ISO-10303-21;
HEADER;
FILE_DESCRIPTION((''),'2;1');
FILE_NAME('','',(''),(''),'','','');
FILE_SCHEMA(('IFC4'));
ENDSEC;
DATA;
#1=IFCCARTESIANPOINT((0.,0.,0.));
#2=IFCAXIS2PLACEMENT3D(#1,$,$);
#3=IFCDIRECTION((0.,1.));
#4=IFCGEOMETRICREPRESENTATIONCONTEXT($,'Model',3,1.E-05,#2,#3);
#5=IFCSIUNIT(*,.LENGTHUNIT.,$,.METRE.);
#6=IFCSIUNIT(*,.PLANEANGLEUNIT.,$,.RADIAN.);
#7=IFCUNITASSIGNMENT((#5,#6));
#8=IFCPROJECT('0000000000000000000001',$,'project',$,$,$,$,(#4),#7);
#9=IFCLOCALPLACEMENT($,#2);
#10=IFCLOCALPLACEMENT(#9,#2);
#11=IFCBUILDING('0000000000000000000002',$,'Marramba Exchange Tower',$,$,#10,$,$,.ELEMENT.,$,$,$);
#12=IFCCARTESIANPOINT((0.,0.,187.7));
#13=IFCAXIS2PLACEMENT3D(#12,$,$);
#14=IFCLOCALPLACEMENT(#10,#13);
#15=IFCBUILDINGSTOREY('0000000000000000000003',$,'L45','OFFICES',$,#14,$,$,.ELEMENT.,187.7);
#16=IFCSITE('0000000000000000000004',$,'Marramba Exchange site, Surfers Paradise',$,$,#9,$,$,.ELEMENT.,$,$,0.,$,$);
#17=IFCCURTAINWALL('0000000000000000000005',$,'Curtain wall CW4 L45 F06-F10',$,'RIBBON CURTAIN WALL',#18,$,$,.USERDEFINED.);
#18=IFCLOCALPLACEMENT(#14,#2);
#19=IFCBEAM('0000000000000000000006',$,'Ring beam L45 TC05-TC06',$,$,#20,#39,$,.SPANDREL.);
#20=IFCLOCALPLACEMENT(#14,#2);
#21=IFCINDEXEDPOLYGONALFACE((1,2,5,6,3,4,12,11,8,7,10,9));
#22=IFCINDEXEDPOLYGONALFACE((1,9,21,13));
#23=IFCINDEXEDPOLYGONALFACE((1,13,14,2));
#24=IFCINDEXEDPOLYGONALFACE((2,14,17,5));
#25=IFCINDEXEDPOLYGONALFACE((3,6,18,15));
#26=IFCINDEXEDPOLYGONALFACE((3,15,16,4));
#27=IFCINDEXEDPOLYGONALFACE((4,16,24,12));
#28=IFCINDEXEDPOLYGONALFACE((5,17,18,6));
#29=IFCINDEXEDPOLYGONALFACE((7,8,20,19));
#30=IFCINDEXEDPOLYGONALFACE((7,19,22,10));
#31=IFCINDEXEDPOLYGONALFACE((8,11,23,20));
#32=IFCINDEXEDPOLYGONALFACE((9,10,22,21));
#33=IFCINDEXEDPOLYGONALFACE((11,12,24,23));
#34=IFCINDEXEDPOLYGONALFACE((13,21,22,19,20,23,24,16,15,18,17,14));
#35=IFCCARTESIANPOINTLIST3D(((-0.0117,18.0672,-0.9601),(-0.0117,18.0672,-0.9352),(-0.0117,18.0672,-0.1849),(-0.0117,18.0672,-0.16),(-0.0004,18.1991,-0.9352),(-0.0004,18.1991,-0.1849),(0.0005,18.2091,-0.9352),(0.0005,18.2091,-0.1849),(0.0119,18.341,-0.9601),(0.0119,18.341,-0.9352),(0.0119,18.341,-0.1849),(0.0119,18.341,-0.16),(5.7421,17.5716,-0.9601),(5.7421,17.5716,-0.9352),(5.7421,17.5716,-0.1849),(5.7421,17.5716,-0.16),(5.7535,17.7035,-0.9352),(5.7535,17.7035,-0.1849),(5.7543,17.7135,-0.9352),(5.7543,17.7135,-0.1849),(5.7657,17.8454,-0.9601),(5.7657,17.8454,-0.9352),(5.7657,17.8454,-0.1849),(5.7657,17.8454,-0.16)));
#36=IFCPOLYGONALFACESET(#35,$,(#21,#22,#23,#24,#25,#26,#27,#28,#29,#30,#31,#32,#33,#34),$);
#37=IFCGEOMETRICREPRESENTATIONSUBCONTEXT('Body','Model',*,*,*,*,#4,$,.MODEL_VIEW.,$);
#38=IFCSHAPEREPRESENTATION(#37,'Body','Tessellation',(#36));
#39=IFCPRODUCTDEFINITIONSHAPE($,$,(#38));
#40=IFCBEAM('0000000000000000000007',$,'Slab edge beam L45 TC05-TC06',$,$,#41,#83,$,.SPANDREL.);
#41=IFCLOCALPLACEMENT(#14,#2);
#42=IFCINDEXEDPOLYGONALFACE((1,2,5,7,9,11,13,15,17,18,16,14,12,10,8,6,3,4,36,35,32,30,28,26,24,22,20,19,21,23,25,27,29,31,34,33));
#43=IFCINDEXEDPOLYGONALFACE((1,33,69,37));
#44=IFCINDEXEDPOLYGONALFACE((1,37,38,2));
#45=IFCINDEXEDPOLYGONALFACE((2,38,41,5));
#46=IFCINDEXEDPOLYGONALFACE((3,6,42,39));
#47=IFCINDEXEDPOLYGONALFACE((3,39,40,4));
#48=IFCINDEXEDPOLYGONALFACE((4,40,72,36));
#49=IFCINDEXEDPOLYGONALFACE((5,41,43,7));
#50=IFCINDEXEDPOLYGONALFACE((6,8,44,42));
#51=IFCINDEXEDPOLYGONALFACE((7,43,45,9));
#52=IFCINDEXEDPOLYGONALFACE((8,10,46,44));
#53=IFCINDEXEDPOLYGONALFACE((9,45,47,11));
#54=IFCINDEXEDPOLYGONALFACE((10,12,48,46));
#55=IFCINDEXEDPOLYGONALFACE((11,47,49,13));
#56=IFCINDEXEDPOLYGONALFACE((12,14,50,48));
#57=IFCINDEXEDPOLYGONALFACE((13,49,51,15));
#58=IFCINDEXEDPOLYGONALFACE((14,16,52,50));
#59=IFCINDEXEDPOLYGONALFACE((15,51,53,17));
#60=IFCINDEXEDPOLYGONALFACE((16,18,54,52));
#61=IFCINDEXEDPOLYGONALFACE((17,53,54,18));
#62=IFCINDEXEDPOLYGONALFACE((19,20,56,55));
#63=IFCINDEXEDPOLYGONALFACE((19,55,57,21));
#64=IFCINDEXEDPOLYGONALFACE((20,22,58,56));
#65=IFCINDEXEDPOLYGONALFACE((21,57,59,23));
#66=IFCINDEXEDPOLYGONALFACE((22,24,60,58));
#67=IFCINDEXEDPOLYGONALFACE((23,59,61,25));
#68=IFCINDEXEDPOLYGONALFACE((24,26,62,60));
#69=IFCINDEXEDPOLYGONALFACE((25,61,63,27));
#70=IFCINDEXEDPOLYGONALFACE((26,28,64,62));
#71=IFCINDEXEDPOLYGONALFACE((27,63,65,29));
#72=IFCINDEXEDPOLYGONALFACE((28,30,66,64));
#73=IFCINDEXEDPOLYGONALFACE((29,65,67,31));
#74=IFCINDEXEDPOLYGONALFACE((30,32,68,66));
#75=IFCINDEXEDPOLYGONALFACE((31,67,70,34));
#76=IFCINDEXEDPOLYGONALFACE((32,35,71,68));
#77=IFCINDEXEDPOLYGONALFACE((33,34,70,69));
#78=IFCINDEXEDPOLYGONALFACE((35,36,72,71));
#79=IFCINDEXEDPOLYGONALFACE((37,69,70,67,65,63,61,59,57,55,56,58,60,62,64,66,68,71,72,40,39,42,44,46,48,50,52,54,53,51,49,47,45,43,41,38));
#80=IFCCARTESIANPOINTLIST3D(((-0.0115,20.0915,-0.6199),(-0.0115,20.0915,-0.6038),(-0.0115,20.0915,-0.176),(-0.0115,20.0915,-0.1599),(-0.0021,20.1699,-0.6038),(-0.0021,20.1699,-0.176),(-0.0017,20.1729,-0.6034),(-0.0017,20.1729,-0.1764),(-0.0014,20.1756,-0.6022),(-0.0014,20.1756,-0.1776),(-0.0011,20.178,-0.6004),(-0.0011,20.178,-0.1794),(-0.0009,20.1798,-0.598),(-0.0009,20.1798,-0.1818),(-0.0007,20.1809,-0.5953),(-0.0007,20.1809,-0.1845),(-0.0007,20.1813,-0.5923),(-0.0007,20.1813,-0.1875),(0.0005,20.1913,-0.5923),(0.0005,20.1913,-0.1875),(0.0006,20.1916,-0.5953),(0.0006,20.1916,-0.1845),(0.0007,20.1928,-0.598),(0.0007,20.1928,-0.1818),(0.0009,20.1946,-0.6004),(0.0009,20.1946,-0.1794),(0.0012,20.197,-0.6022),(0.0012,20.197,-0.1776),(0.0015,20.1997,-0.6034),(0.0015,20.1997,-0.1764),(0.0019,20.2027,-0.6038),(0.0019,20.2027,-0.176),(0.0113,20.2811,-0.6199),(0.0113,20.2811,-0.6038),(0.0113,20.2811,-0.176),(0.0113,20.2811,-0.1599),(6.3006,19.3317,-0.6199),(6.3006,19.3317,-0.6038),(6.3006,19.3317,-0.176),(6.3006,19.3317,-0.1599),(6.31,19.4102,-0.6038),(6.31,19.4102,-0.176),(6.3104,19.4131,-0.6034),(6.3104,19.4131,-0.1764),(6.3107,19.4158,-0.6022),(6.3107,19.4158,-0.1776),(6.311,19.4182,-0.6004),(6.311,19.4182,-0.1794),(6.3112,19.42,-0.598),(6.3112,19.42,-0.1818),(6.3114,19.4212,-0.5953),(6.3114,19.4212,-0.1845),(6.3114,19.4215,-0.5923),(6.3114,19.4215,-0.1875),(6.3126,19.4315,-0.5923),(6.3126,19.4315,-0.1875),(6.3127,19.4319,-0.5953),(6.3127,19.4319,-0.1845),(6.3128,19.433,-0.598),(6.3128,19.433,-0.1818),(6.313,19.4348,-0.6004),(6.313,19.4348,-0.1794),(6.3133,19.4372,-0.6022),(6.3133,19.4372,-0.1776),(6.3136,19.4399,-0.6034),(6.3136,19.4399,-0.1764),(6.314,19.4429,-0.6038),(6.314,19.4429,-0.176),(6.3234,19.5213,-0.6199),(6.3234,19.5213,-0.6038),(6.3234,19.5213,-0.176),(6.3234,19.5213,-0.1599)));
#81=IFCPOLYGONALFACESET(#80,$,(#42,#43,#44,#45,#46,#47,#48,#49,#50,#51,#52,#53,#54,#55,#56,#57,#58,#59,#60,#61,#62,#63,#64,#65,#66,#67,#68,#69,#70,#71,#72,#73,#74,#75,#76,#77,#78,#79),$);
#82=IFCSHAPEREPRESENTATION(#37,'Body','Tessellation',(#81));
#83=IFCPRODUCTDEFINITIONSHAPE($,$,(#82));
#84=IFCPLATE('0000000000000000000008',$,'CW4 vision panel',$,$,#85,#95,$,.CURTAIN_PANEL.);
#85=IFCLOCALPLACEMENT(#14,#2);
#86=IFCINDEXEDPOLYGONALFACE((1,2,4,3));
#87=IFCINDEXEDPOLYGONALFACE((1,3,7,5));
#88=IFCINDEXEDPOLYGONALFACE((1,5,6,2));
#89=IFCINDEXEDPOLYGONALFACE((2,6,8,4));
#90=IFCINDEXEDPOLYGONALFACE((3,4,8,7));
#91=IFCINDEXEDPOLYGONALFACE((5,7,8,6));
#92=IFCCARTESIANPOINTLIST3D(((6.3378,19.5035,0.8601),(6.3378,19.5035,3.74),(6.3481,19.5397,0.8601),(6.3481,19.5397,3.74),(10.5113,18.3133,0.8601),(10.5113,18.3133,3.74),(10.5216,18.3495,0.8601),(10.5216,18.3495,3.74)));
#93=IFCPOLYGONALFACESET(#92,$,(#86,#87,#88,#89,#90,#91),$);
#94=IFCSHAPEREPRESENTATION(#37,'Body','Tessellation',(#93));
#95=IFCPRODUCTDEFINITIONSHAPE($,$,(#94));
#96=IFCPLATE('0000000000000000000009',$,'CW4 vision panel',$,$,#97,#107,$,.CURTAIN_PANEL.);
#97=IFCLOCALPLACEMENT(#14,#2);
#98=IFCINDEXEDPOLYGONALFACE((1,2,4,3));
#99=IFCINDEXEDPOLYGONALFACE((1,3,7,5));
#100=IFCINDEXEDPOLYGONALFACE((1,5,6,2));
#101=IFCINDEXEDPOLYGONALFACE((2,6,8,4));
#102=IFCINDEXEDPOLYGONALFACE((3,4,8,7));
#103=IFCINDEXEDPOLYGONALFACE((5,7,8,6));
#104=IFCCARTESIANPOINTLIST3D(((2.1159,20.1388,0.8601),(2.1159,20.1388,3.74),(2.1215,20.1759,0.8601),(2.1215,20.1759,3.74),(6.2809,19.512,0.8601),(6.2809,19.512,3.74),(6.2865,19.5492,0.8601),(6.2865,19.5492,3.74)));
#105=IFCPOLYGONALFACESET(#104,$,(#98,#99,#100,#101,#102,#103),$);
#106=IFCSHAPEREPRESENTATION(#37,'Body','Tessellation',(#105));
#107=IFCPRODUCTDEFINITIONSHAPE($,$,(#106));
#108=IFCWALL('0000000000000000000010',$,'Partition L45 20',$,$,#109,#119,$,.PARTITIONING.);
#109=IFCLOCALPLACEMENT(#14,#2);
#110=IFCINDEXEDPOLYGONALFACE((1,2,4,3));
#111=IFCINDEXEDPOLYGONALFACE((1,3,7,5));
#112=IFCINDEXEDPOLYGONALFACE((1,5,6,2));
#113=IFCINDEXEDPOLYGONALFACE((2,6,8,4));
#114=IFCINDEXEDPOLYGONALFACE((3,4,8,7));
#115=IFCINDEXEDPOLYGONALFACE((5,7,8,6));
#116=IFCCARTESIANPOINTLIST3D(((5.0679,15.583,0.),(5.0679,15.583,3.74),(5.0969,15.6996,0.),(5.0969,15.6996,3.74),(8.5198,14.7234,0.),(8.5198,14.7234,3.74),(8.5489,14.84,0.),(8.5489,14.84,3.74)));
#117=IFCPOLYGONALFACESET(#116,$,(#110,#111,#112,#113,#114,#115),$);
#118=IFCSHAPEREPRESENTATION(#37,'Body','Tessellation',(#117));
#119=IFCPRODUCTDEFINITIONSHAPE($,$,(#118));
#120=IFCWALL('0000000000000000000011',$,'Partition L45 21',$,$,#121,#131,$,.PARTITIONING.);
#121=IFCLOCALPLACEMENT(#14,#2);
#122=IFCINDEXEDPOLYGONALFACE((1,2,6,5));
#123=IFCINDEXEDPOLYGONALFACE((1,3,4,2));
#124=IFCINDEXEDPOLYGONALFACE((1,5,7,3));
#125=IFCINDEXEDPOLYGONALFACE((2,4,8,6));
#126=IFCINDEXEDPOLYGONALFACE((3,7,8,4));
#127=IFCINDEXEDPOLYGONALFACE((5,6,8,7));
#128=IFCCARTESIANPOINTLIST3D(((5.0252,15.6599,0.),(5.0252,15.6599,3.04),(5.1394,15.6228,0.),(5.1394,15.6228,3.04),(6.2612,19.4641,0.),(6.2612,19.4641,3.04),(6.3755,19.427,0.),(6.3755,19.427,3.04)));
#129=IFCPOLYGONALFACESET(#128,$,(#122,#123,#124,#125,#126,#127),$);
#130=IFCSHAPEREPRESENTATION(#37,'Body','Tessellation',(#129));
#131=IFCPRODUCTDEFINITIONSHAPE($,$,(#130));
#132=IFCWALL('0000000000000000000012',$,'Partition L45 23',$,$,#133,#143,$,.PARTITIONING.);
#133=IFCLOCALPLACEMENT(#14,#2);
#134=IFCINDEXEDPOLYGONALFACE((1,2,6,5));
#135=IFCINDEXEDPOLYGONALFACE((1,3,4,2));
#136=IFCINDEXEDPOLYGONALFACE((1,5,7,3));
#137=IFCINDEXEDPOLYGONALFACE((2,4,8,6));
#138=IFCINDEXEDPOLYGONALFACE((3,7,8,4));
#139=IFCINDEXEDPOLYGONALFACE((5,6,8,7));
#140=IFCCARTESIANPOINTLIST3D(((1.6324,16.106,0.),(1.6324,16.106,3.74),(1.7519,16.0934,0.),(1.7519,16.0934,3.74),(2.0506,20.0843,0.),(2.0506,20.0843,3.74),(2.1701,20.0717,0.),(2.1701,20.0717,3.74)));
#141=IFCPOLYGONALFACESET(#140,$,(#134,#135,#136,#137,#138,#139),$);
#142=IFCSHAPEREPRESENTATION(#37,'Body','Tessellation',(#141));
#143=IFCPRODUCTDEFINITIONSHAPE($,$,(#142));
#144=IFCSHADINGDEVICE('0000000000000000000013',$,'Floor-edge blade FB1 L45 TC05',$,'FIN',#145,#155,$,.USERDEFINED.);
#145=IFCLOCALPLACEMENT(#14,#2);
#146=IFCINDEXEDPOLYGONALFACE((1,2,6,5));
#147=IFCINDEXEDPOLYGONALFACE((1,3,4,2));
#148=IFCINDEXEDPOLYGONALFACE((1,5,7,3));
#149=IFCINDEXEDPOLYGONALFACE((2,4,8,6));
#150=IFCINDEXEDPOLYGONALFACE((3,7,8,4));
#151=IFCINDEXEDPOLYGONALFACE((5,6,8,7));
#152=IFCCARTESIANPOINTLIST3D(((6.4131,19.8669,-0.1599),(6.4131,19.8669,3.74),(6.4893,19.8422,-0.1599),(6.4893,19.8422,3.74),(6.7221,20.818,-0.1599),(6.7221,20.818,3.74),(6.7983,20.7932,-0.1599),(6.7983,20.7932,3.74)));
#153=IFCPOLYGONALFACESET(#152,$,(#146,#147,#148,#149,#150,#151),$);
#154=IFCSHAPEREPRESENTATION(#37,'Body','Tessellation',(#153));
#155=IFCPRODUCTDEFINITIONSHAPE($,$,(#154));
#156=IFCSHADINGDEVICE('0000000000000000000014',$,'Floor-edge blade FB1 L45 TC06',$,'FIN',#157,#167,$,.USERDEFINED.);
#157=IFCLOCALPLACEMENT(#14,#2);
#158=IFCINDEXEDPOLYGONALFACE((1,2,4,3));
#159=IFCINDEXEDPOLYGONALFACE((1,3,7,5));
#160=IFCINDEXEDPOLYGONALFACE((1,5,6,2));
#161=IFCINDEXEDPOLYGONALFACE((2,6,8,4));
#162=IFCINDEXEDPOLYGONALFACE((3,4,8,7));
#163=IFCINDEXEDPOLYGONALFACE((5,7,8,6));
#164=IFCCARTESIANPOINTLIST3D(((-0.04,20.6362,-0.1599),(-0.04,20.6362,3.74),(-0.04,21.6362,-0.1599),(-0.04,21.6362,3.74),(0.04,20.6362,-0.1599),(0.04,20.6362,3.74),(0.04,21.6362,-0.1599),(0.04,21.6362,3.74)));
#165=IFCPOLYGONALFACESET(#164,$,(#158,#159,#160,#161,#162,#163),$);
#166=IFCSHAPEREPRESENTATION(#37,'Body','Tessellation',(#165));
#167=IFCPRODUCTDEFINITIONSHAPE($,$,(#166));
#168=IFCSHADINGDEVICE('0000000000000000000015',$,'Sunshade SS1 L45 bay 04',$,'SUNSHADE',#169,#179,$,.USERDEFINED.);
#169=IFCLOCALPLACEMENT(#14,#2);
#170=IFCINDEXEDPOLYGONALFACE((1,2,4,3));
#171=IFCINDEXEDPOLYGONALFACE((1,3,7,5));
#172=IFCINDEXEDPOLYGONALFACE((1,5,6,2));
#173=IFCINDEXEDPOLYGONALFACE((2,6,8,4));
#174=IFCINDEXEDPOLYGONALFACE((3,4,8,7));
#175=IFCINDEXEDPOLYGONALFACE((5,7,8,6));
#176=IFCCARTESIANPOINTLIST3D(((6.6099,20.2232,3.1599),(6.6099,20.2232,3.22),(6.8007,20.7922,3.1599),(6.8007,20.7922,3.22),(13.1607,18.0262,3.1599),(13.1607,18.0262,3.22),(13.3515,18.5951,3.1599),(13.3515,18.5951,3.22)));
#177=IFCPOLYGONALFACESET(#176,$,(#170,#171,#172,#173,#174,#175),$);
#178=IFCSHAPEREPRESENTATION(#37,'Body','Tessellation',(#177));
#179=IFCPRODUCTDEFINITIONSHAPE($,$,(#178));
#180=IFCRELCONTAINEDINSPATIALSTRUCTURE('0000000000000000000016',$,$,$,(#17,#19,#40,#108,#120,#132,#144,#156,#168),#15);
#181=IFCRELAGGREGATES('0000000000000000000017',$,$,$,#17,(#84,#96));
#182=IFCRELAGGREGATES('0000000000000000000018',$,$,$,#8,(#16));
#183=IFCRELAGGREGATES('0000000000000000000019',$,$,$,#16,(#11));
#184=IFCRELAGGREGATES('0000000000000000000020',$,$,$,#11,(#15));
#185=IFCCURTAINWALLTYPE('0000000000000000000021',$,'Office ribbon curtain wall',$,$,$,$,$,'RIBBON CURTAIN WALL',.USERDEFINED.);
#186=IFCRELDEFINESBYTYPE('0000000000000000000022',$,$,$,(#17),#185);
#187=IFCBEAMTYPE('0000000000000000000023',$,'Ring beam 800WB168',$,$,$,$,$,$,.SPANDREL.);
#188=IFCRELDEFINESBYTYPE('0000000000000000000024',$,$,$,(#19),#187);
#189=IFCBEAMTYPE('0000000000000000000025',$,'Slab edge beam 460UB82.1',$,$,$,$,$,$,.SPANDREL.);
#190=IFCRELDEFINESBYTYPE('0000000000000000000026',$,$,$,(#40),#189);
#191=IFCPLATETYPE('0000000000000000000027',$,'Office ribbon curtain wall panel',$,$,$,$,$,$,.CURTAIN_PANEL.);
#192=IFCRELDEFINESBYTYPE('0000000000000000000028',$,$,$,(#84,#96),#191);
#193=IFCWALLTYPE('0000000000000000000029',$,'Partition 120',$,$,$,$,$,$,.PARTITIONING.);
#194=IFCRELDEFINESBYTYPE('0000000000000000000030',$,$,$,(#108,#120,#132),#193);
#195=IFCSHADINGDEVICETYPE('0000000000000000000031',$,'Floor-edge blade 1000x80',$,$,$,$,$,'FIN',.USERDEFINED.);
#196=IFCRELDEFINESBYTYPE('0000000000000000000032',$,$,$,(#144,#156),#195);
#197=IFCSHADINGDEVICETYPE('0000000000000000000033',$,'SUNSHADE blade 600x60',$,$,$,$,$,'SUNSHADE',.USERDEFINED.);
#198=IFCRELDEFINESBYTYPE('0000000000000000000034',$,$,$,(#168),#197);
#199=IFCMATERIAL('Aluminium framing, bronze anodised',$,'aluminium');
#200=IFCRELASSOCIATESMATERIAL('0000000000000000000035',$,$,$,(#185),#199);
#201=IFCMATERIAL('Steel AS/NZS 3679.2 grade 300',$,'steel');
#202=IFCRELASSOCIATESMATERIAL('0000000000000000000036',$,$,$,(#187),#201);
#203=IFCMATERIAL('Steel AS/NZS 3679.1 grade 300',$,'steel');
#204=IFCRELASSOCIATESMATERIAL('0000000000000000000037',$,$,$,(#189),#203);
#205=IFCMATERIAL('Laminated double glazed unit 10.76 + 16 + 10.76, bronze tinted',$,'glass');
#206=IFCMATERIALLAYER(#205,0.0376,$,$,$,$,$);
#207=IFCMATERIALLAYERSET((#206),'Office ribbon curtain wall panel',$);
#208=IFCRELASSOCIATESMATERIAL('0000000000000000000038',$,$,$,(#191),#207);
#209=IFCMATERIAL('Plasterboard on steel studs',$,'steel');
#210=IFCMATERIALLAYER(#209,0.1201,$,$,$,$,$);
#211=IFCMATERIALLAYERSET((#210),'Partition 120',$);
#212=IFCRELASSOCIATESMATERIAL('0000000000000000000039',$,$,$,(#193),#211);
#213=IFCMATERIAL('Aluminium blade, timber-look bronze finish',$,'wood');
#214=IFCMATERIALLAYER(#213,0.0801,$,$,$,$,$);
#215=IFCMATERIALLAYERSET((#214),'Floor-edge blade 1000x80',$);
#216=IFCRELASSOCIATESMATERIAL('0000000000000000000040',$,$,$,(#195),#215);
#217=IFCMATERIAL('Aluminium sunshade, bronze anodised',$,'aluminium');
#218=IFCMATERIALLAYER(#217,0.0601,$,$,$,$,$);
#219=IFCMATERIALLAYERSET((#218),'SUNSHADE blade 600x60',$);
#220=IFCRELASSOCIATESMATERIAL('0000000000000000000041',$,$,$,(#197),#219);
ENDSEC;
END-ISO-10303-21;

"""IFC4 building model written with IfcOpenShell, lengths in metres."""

from ifc_helpers import new_model, si_unit, direction, frame, frame_2d, origin, origin_2d, place, context, subcontext, project, spatial, rectangle, i_section, extrude, material, layer, layer_set, material_profile, profile_set, type_object, element, aggregate, save


model = new_model("IFC4")

# Units and contexts
model_context = context("Model", 3, precision=1e-05, world=origin(), true_north=direction((0.0, 1.0)))
body_context = subcontext(model_context, "Body", "Model", "MODEL_VIEW")
ifc_project = project(units=[si_unit("LENGTHUNIT", "METRE"), si_unit("PLANEANGLEUNIT", "RADIAN")], contexts=[model_context])

# Site, building, storey
site_placement = place(None, origin())
site = spatial("IfcSite", under=ifc_project, at=site_placement, Name="Marramba Exchange site, Surfers Paradise", CompositionType="ELEMENT", RefElevation=0.0)
building_placement = place(site_placement, origin())
building = spatial("IfcBuilding", under=site, at=building_placement, Name="Marramba Exchange Tower", CompositionType="ELEMENT")
storey_placement = place(building_placement, frame((0.0, 0.0, 187.7)))
storey = spatial("IfcBuildingStorey", under=building, at=storey_placement, Name="L45", Description="OFFICES", CompositionType="ELEMENT", Elevation=187.7)

# Shared definitions
ifc_material_1 = material(Name="Steel AS/NZS 3679.2 grade 300", Category="steel")

# Curtain wall
ifc_material_2 = material(Name="Aluminium framing, bronze anodised", Category="aluminium")
curtain_wall_type = type_object("IfcCurtainWallType", Name="Office ribbon curtain wall", ElementType="RIBBON CURTAIN WALL", PredefinedType="USERDEFINED", material=ifc_material_2)
curtain_wall_placement = place(storey_placement, origin())
curtain_wall = element("IfcCurtainWall", 1, at=curtain_wall_placement, inside=storey, type_object=curtain_wall_type, Name="Curtain wall CW4 L45 F06-F10", ObjectType="RIBBON CURTAIN WALL", PredefinedType="USERDEFINED")

# Beams
ifc_material_profile_1 = material_profile(ifc_material_1, i_section(OverallWidth=0.2749, OverallDepth=0.8, WebThickness=0.01, FlangeThickness=0.0249, at=origin_2d()), Name="800WB168")
ifc_profile_set_1 = profile_set([ifc_material_profile_1], Name="Steel AS/NZS 3679.2 grade 300")
beam_type_1 = type_object("IfcBeamType", Name="Ring beam 800WB168", PredefinedType="SPANDREL", material=ifc_profile_set_1)
beam_1_placement = place(storey_placement, frame((5.7539, 17.7085, -0.5601), z_axis=(-0.996311, 0.085816, 0.0), x_axis=(-0.085816, -0.996311, 0.0)))
element("IfcBeam", 2, at=beam_1_placement, inside=storey, type_object=beam_type_1, Name="Ring beam L45 TC05-TC06", PredefinedType="SPANDREL", context=body_context, shape_type="SweptSolid", body=[
    extrude(i_section(OverallWidth=0.2749, OverallDepth=0.8, WebThickness=0.01, FlangeThickness=0.0249, at=origin_2d()), origin(), (0.0, 0.0, 1.0), 5.7751),
])
ifc_material_3 = material(Name="Steel AS/NZS 3679.1 grade 300", Category="steel")
ifc_material_profile_2 = material_profile(ifc_material_3, i_section(OverallWidth=0.1909, OverallDepth=0.46, WebThickness=0.01, FlangeThickness=0.0161, FilletRadius=0.0115, at=origin_2d()), Name="460UB82.1")
ifc_profile_set_2 = profile_set([ifc_material_profile_2], Name="Steel AS/NZS 3679.1 grade 300")
beam_type_2 = type_object("IfcBeamType", Name="Slab edge beam 460UB82.1", PredefinedType="SPANDREL", material=ifc_profile_set_2)
beam_2_placement = place(storey_placement, frame((6.312, 19.4265, -0.3899), z_axis=(-0.992834, 0.119506, 0.0), x_axis=(-0.119506, -0.992834, 0.0)))
element("IfcBeam", 3, at=beam_2_placement, inside=storey, type_object=beam_type_2, Name="Slab edge beam L45 TC05-TC06", PredefinedType="SPANDREL", context=body_context, shape_type="SweptSolid", body=[
    extrude(i_section(OverallWidth=0.1909, OverallDepth=0.46, WebThickness=0.01, FlangeThickness=0.0161, FilletRadius=0.0115, at=origin_2d()), origin(), (0.0, 0.0, 1.0), 6.3577),
])

# Plates
ifc_material_4 = material(Name="Laminated double glazed unit 10.76 + 16 + 10.76, bronze tinted", Category="glass")
ifc_layer_1 = layer(ifc_material_4, 0.0376)
ifc_layer_set_1 = layer_set([ifc_layer_1], Name="Office ribbon curtain wall panel")
plate_type = type_object("IfcPlateType", Name="Office ribbon curtain wall panel", PredefinedType="CURTAIN_PANEL", material=ifc_layer_set_1)
plate_1_placement = place(storey_placement, frame((8.4297, 18.9265, 0.8601), z_axis=(0.0, 0.0, 1.0), x_axis=(-0.961659, 0.274248, 0.0)))
plate_1 = element("IfcPlate", 4, at=plate_1_placement, type_object=plate_type, Name="CW4 vision panel", PredefinedType="CURTAIN_PANEL", context=body_context, shape_type="SweptSolid", body=[
    extrude(rectangle(XDim=4.3398, YDim=0.0376, at=origin_2d()), origin(), (0.0, 0.0, 1.0), 2.8799),
])
plate_2_placement = place(storey_placement, frame((4.2012, 19.844, 0.8601), z_axis=(0.0, 0.0, 1.0), x_axis=(-0.988868, 0.148795, 0.0)))
plate_2 = element("IfcPlate", 5, at=plate_2_placement, type_object=plate_type, Name="CW4 vision panel", PredefinedType="CURTAIN_PANEL", context=body_context, shape_type="SweptSolid", body=[
    extrude(rectangle(XDim=4.2119, YDim=0.0376, at=origin_2d()), origin(), (0.0, 0.0, 1.0), 2.8799),
])
aggregate(curtain_wall, [plate_1, plate_2])

# Walls
ifc_material_5 = material(Name="Plasterboard on steel studs", Category="steel")
ifc_layer_2 = layer(ifc_material_5, 0.1201)
ifc_layer_set_2 = layer_set([ifc_layer_2], Name="Partition 120")
wall_type = type_object("IfcWallType", Name="Partition 120", PredefinedType="PARTITIONING", material=ifc_layer_set_2)
wall_1_placement = place(storey_placement, frame((5.0823, 15.6414, 0.0), z_axis=(0.0, 0.0, 1.0), x_axis=(0.970364, -0.241647, 0.0)))
element("IfcWall", 6, at=wall_1_placement, inside=storey, type_object=wall_type, Name="Partition L45 20", PredefinedType="PARTITIONING", context=body_context, shape_type="SweptSolid", body=[
    extrude(rectangle(XDim=3.5574, YDim=0.1201, at=frame_2d((1.7788, 0.0))), origin(), (0.0, 0.0, 1.0), 3.74),
])
wall_2_placement = place(storey_placement, frame((5.0823, 15.6414, 0.0), z_axis=(0.0, 0.0, 1.0), x_axis=(0.309023, 0.951055, 0.0)))
element("IfcWall", 7, at=wall_2_placement, inside=storey, type_object=wall_type, Name="Partition L45 21", PredefinedType="PARTITIONING", context=body_context, shape_type="SweptSolid", body=[
    extrude(rectangle(XDim=4.0, YDim=0.1201, at=frame_2d((2.0, 0.0))), origin(), (0.0, 0.0, 1.0), 3.04),
])

# Wall
wall_3_placement = place(storey_placement, frame((2.1104, 20.0779, 0.0), z_axis=(0.0, 0.0, 1.0), x_axis=(-0.104548, -0.99452, 0.0)))
element("IfcWall", 8, at=wall_3_placement, inside=storey, type_object=wall_type, Name="Partition L45 23", PredefinedType="PARTITIONING", context=body_context, shape_type="SweptSolid", body=[
    extrude(rectangle(XDim=4.0002, YDim=0.1201, at=frame_2d((2.0, 0.0))), origin(), (0.0, 0.0, 1.0), 3.74),
])

# Shading devices
ifc_material_6 = material(Name="Aluminium blade, timber-look bronze finish", Category="wood")
ifc_layer_3 = layer(ifc_material_6, 0.0801)
ifc_layer_set_3 = layer_set([ifc_layer_3], Name="Floor-edge blade 1000x80")
shading_device_type_1 = type_object("IfcShadingDeviceType", Name="Floor-edge blade 1000x80", ElementType="FIN", PredefinedType="USERDEFINED", material=ifc_layer_set_3)
for number, where, z_axis, x_axis, name in (
    (9, (6.6057, 20.3301, -0.1599), (0.0, 0.0, 1.0), (0.309017, 0.951057, 0.0), "Floor-edge blade FB1 L45 TC05"),
    (10, (0.0, 21.1362, -0.1599), (0.0, 0.0, 1.0), (0.0, 1.0, 0.0), "Floor-edge blade FB1 L45 TC06"),
):
    element("IfcShadingDevice", number, at=place(storey_placement, frame(where, z_axis=z_axis, x_axis=x_axis)), inside=storey, type_object=shading_device_type_1, Name=name, ObjectType="FIN", PredefinedType="USERDEFINED", context=body_context, shape_type="SweptSolid", body=[
        extrude(rectangle(XDim=1.0, YDim=0.0801, at=origin_2d()), origin(), (0.0, 0.0, 1.0), 3.8999),
    ])
ifc_material_7 = material(Name="Aluminium sunshade, bronze anodised", Category="aluminium")
ifc_layer_4 = layer(ifc_material_7, 0.0601)
ifc_layer_set_4 = layer_set([ifc_layer_4], Name="SUNSHADE blade 600x60")
shading_device_type_2 = type_object("IfcShadingDeviceType", Name="SUNSHADE blade 600x60", ElementType="SUNSHADE", PredefinedType="USERDEFINED", material=ifc_layer_set_4)
shading_device_1_placement = place(storey_placement, frame((9.9807, 19.4092, 3.1599), z_axis=(0.0, 0.0, 1.0), x_axis=(-0.948096, 0.317983, 0.0)))
element("IfcShadingDevice", 11, at=shading_device_1_placement, inside=storey, type_object=shading_device_type_2, Name="Sunshade SS1 L45 bay 04", ObjectType="SUNSHADE", PredefinedType="USERDEFINED", context=body_context, shape_type="SweptSolid", body=[
    extrude(rectangle(XDim=6.9094, YDim=0.6001, at=origin_2d()), origin(), (0.0, 0.0, 1.0), 0.0601),
])

save(model, "model.ifc")
